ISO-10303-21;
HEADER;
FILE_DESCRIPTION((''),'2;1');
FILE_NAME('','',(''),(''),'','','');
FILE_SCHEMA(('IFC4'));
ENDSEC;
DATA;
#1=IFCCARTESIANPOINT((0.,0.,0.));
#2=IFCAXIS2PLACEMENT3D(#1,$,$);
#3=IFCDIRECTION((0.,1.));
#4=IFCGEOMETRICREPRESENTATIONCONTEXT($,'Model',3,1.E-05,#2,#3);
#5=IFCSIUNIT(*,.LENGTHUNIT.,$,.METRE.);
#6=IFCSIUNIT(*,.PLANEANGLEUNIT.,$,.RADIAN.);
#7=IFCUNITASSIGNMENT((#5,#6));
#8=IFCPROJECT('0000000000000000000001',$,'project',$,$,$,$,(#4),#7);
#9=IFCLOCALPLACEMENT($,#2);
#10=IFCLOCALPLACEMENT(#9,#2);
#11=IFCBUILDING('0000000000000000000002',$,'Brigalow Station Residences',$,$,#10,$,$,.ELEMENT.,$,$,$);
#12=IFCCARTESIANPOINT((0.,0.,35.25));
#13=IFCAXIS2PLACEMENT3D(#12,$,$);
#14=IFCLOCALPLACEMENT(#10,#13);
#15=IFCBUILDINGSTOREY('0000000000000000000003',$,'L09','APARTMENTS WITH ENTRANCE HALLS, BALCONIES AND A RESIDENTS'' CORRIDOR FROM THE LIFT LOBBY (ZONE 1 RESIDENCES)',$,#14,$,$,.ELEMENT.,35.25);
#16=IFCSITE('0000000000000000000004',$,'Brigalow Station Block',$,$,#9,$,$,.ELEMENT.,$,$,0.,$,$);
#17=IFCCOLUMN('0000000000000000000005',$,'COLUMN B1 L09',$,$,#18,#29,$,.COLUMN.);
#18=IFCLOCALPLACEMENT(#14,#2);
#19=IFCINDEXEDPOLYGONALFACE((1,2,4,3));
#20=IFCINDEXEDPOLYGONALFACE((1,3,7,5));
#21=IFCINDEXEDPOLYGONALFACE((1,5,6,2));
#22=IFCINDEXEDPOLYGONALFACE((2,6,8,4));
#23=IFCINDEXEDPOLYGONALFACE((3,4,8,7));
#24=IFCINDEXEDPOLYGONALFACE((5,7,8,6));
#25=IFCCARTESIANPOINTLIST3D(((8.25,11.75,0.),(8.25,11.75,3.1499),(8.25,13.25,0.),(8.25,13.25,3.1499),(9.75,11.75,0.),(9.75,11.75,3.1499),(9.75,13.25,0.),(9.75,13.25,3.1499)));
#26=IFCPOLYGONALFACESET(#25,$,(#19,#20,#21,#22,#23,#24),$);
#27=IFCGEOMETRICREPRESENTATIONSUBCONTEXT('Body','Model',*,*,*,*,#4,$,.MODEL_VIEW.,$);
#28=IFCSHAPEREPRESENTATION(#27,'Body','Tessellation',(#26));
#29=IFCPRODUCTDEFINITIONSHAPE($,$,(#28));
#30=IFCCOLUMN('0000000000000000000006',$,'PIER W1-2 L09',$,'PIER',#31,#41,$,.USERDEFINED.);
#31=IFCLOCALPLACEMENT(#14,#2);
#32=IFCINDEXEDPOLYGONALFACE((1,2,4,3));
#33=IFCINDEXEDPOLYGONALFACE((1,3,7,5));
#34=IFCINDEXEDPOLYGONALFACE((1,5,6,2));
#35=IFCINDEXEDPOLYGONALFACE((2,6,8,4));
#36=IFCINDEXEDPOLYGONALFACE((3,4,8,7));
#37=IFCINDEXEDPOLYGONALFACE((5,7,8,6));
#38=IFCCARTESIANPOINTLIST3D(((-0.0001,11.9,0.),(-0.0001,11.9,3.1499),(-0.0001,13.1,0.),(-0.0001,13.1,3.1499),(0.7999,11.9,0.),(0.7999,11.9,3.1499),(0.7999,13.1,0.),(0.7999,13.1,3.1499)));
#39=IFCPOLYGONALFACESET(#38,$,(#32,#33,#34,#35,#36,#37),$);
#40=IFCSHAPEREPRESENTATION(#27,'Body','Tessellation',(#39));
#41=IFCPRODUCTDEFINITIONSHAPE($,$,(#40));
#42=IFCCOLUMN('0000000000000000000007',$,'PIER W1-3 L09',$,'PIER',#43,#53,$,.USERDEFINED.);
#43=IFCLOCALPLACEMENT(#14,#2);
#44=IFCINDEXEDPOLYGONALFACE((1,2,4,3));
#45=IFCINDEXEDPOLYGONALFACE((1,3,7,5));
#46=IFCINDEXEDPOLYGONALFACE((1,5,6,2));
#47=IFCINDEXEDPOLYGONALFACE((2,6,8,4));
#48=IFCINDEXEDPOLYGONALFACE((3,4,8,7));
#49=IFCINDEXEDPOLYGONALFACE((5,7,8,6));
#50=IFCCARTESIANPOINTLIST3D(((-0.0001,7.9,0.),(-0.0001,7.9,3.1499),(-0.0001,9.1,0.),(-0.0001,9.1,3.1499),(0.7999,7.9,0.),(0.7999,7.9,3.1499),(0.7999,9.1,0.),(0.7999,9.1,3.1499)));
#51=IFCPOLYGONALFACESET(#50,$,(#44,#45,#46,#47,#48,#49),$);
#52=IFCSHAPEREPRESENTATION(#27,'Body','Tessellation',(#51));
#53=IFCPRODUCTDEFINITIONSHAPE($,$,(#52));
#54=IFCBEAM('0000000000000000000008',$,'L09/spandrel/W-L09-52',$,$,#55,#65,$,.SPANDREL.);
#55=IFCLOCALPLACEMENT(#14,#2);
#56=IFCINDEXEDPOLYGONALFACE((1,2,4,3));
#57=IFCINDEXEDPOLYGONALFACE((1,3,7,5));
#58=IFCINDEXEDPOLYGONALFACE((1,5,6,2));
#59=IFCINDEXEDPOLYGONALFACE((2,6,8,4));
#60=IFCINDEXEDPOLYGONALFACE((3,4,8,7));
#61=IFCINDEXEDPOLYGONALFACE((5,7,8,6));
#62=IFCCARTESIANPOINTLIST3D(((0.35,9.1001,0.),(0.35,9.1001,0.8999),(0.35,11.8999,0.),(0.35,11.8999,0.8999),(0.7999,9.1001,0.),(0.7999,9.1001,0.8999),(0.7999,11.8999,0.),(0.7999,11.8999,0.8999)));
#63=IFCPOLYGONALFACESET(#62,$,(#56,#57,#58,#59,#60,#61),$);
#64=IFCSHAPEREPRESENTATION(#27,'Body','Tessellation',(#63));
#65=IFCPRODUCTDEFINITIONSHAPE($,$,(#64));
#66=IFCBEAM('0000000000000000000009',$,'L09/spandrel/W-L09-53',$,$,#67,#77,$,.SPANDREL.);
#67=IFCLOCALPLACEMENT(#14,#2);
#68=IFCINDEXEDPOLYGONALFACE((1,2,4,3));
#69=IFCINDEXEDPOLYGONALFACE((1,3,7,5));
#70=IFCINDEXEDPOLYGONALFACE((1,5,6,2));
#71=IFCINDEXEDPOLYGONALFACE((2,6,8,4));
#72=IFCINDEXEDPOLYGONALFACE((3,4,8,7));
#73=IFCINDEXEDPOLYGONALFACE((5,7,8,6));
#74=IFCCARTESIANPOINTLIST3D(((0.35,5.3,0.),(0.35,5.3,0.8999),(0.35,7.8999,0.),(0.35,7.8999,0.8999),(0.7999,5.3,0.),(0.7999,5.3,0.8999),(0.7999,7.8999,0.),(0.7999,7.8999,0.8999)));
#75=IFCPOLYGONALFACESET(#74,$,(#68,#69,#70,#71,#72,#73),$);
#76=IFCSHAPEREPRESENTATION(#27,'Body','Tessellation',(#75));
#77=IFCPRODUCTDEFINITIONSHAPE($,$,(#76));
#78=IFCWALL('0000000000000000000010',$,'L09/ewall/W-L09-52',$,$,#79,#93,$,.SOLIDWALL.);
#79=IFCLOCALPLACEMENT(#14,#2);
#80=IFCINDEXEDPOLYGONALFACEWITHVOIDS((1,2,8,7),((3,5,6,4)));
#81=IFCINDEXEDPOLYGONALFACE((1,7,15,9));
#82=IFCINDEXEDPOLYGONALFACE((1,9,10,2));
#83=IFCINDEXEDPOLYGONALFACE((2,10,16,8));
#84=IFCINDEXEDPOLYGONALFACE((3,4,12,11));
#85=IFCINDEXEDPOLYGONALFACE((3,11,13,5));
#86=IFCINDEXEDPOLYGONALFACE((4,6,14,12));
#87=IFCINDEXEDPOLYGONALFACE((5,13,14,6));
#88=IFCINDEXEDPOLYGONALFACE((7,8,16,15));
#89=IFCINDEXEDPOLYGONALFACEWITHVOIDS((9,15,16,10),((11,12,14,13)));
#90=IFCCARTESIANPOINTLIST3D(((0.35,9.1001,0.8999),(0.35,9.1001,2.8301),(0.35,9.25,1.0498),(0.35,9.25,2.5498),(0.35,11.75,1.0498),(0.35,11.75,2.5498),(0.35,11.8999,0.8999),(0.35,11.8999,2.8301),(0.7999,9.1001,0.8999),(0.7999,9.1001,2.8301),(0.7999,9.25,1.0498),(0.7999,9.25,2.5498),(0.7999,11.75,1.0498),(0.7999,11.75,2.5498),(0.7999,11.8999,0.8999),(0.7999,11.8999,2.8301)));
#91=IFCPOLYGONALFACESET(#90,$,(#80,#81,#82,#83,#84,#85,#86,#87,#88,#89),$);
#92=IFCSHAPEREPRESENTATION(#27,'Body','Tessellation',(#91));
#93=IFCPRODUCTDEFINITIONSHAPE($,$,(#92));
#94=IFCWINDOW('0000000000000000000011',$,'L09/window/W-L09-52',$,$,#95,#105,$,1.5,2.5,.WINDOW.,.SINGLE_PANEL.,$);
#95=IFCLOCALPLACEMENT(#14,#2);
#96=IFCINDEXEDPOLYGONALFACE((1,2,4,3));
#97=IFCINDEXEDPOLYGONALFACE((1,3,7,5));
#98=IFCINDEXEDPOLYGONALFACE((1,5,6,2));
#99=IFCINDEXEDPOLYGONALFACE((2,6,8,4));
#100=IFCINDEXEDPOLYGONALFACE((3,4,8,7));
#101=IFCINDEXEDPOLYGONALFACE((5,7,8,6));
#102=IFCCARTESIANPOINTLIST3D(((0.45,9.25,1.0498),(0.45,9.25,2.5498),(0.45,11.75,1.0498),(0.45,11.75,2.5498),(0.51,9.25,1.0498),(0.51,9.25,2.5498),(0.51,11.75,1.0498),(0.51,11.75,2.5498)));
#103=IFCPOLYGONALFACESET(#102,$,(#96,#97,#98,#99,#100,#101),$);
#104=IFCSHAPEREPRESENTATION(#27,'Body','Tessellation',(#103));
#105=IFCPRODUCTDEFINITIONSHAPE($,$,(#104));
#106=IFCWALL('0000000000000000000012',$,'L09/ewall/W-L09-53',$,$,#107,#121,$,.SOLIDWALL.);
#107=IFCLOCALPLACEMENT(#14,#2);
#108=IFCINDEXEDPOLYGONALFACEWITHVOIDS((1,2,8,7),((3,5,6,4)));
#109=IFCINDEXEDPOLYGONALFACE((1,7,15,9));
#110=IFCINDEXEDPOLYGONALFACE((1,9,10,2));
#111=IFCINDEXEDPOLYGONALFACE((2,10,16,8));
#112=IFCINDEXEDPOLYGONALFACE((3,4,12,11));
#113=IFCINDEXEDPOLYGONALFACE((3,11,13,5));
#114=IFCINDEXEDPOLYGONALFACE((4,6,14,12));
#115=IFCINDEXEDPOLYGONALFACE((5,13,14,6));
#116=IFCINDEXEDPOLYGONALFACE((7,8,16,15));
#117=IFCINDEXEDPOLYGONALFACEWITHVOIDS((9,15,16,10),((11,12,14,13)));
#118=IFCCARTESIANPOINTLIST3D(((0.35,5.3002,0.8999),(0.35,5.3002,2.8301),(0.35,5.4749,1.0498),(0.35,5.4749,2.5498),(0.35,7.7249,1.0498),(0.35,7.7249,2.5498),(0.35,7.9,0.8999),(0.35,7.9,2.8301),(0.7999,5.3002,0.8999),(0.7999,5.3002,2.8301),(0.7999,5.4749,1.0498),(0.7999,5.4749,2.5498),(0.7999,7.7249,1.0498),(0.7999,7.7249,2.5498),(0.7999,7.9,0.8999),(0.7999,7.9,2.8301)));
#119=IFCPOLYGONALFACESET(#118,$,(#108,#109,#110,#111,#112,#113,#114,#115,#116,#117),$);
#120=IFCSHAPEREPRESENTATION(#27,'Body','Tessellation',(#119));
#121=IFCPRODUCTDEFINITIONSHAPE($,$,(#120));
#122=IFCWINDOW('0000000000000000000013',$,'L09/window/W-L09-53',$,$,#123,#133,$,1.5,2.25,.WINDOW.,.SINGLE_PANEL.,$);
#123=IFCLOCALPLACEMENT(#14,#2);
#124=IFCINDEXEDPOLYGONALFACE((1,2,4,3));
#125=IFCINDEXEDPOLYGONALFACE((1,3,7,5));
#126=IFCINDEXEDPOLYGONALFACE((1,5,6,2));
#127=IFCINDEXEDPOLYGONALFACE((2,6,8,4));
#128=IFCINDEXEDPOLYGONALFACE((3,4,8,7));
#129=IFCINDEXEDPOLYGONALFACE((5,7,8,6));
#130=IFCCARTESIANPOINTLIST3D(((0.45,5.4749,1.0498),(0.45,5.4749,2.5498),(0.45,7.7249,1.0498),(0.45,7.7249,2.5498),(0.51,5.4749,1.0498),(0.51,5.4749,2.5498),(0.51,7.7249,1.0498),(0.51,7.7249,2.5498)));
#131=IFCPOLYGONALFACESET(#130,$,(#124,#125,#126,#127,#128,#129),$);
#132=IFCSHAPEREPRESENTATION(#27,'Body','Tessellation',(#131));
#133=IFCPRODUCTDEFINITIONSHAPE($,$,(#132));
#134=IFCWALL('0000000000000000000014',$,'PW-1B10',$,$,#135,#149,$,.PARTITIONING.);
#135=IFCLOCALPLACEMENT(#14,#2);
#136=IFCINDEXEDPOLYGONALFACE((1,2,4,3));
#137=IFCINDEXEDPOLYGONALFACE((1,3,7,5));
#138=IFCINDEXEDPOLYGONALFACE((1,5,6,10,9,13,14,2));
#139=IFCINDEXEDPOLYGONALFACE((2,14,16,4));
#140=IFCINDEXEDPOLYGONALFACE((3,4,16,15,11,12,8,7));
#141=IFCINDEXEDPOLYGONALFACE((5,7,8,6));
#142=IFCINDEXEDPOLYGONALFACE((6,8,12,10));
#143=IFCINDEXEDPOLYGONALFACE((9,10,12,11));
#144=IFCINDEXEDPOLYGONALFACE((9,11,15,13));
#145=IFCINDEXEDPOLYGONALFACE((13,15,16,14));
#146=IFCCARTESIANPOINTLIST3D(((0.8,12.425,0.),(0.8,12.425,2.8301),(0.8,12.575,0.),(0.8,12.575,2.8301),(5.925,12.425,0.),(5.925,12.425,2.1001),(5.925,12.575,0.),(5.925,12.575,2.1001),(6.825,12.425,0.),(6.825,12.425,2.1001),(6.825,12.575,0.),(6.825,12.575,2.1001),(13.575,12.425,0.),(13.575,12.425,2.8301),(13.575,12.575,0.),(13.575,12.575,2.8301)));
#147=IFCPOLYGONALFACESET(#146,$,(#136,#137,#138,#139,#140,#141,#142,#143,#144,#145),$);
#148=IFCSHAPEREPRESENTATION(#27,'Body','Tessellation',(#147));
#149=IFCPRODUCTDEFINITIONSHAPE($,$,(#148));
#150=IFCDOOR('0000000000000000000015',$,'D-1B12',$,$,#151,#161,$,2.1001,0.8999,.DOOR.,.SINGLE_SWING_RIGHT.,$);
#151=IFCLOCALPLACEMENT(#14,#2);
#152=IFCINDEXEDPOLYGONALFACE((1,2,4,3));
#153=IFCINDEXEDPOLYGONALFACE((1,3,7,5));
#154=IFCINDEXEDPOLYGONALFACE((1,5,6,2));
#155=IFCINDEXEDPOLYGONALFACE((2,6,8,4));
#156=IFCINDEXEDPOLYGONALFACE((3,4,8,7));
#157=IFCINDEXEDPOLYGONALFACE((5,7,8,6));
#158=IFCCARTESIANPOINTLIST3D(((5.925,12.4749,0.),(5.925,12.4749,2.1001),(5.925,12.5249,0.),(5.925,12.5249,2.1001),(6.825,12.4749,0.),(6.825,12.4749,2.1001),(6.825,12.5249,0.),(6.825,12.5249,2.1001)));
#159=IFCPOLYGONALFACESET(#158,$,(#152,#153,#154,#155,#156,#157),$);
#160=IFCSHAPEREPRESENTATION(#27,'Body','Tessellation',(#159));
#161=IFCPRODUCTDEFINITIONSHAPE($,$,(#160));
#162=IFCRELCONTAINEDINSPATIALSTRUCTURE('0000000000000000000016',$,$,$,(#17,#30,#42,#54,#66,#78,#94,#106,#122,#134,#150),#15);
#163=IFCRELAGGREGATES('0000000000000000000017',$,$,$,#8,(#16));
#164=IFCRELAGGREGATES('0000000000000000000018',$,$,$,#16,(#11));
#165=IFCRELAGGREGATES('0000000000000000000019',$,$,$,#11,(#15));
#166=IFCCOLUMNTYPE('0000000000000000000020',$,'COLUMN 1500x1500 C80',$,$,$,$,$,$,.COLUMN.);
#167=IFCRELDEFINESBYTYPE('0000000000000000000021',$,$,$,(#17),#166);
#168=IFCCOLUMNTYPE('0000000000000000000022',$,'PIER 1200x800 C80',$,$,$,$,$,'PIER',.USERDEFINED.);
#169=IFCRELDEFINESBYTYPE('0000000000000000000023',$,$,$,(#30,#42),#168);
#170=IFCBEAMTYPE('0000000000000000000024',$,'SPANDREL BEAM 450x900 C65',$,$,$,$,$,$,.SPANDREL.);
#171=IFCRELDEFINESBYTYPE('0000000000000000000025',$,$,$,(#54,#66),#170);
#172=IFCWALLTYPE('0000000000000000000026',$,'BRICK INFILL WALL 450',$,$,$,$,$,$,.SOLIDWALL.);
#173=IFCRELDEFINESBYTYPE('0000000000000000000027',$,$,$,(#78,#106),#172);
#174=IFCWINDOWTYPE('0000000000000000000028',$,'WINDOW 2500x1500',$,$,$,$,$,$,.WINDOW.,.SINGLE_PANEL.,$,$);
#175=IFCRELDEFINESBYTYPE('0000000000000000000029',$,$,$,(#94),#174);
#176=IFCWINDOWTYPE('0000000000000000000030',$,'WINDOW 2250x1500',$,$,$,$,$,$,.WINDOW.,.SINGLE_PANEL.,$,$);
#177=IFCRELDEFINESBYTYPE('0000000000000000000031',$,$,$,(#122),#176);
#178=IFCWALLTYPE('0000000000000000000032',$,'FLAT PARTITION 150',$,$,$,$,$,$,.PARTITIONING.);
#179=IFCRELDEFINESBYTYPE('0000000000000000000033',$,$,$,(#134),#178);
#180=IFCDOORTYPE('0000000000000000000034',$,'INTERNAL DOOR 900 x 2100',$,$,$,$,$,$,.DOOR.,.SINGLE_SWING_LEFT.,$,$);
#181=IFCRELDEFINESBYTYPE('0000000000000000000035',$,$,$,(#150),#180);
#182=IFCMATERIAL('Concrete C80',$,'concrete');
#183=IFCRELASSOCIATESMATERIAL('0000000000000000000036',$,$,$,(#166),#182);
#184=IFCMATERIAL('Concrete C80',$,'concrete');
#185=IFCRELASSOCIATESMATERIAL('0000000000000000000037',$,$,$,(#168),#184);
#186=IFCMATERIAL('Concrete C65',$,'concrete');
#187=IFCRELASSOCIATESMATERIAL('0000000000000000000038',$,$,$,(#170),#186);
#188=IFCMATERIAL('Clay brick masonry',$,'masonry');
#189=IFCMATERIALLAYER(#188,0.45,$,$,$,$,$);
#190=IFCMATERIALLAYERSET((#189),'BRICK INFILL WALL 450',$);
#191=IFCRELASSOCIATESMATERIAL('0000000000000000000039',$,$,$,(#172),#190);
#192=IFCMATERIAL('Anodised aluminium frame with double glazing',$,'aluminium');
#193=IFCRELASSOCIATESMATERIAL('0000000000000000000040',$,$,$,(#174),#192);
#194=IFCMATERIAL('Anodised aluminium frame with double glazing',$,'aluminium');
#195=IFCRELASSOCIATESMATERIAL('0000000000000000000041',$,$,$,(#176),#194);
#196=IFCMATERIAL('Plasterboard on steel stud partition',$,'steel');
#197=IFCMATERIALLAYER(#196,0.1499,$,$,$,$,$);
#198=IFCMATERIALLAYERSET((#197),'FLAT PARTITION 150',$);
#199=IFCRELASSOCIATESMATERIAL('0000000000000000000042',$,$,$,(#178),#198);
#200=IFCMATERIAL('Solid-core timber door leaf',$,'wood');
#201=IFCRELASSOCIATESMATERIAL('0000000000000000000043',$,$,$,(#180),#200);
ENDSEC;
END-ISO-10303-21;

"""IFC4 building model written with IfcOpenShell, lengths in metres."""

from ifc_helpers import new_model, si_unit, direction, frame, frame_2d, origin, origin_2d, place, context, subcontext, project, spatial, rectangle, extrude, material, layer, layer_set, material_profile, profile_set, type_object, element, fill, save


model = new_model("IFC4")

# Units and contexts
model_context = context("Model", 3, precision=1e-05, world=origin(), true_north=direction((0.0, 1.0)))
body_context = subcontext(model_context, "Body", "Model", "MODEL_VIEW")
ifc_project = project(units=[si_unit("LENGTHUNIT", "METRE"), si_unit("PLANEANGLEUNIT", "RADIAN")], contexts=[model_context])

# Site, building, storey
site_placement = place(None, origin())
site = spatial("IfcSite", under=ifc_project, at=site_placement, Name="Brigalow Station Block", CompositionType="ELEMENT", RefElevation=0.0)
building_placement = place(site_placement, origin())
building = spatial("IfcBuilding", under=site, at=building_placement, Name="Brigalow Station Residences", CompositionType="ELEMENT")
storey_placement = place(building_placement, frame((0.0, 0.0, 35.25)))
storey = spatial("IfcBuildingStorey", under=building, at=storey_placement, Name="L09", Description="APARTMENTS WITH ENTRANCE HALLS, BALCONIES AND A RESIDENTS' CORRIDOR FROM THE LIFT LOBBY (ZONE 1 RESIDENCES)", CompositionType="ELEMENT", Elevation=35.25)

# Columns
ifc_material_1 = material(Name="Concrete C80", Category="concrete")
ifc_material_profile_1 = material_profile(ifc_material_1, rectangle(XDim=1.5, YDim=1.5, at=origin_2d()), Name="RC1500x1500")
ifc_profile_set_1 = profile_set([ifc_material_profile_1], Name="Concrete C80")
column_type_1 = type_object("IfcColumnType", Name="COLUMN 1500x1500 C80", PredefinedType="COLUMN", material=ifc_profile_set_1)
column_placement = place(storey_placement, frame((9.0, 12.5, 0.0), z_axis=(0.0, 0.0, 1.0), x_axis=(1.0, 0.0, 0.0)))
element("IfcColumn", 1, at=column_placement, inside=storey, type_object=column_type_1, Name="COLUMN B1 L09", PredefinedType="COLUMN", context=body_context, shape_type="SweptSolid", body=[
    extrude(rectangle(XDim=1.5, YDim=1.5, at=origin_2d()), origin(), (0.0, 0.0, 1.0), 3.1499),
])
ifc_material_2 = material(Name="Concrete C80", Category="concrete")
ifc_material_profile_2 = material_profile(ifc_material_2, rectangle(XDim=1.2, YDim=0.8, at=origin_2d()), Name="RC1200x800")
ifc_profile_set_2 = profile_set([ifc_material_profile_2], Name="Concrete C80")
column_type_2 = type_object("IfcColumnType", Name="PIER 1200x800 C80", ElementType="PIER", PredefinedType="USERDEFINED", material=ifc_profile_set_2)
for number, where, z_axis, x_axis, name in (
    (2, (0.3999, 12.5, 0.0), (0.0, 0.0, 1.0), (0.0, -1.0, 0.0), "PIER W1-2 L09"),
    (3, (0.3999, 8.5, 0.0), (0.0, 0.0, 1.0), (0.0, -1.0, 0.0), "PIER W1-3 L09"),
):
    element("IfcColumn", number, at=place(storey_placement, frame(where, z_axis=z_axis, x_axis=x_axis)), inside=storey, type_object=column_type_2, Name=name, ObjectType="PIER", PredefinedType="USERDEFINED", context=body_context, shape_type="SweptSolid", body=[
        extrude(rectangle(XDim=1.2, YDim=0.8, at=origin_2d()), origin(), (0.0, 0.0, 1.0), 3.1499),
    ])

# Beams
ifc_material_3 = material(Name="Concrete C65", Category="concrete")
ifc_material_profile_3 = material_profile(ifc_material_3, rectangle(XDim=0.45, YDim=0.8999, at=origin_2d()), Name="RC450x900")
ifc_profile_set_3 = profile_set([ifc_material_profile_3], Name="Concrete C65")
beam_type = type_object("IfcBeamType", Name="SPANDREL BEAM 450x900 C65", PredefinedType="SPANDREL", material=ifc_profile_set_3)
beam_1_placement = place(storey_placement, frame((0.575, 11.8999, 0.45), z_axis=(0.0, -1.0, 0.0), x_axis=(1.0, 0.0, 0.0)))
element("IfcBeam", 4, at=beam_1_placement, inside=storey, type_object=beam_type, Name="L09/spandrel/W-L09-52", PredefinedType="SPANDREL", context=body_context, shape_type="SweptSolid", body=[
    extrude(rectangle(XDim=0.45, YDim=0.8999, at=origin_2d()), origin(), (0.0, 0.0, 1.0), 2.7998),
])
beam_2_placement = place(storey_placement, frame((0.575, 7.8999, 0.45), z_axis=(0.0, -1.0, 0.0), x_axis=(1.0, 0.0, 0.0)))
element("IfcBeam", 5, at=beam_2_placement, inside=storey, type_object=beam_type, Name="L09/spandrel/W-L09-53", PredefinedType="SPANDREL", context=body_context, shape_type="SweptSolid", body=[
    extrude(rectangle(XDim=0.45, YDim=0.8999, at=origin_2d()), origin(), (0.0, 0.0, 1.0), 2.5999),
])

# Walls, openings, windows
ifc_material_4 = material(Name="Clay brick masonry", Category="masonry")
ifc_layer_1 = layer(ifc_material_4, 0.45)
ifc_layer_set_1 = layer_set([ifc_layer_1], Name="BRICK INFILL WALL 450")
wall_type_1 = type_object("IfcWallType", Name="BRICK INFILL WALL 450", PredefinedType="SOLIDWALL", material=ifc_layer_set_1)
wall_1_placement = place(storey_placement, frame((0.575, 11.8999, 0.8999), z_axis=(0.0, 0.0, 1.0), x_axis=(0.0, -1.0, 0.0)))
wall_1 = element("IfcWall", 6, at=wall_1_placement, inside=storey, type_object=wall_type_1, Name="L09/ewall/W-L09-52", PredefinedType="SOLIDWALL", context=body_context, shape_type="SweptSolid", body=[
    extrude(rectangle(XDim=2.7998, YDim=0.45, at=frame_2d((1.3999, 0.0))), origin(), (0.0, 0.0, 1.0), 1.9302),
])
opening_1_placement = place(wall_1_placement, frame((0.1499, 0.0, 0.1499)))
opening_1 = element("IfcOpeningElement", 7, at=opening_1_placement, cuts=wall_1, PredefinedType="OPENING", context=body_context, shape_type="SweptSolid", body=[
    extrude(rectangle(XDim=2.5, YDim=1.5, at=frame_2d((1.25, 0.75))), frame((0.0, 0.2349, 0.0), z_axis=(0.0, -1.0, 0.0), x_axis=(1.0, 0.0, 0.0)), (0.0, 0.0, 1.0), 0.47),
])
ifc_material_5 = material(Name="Anodised aluminium frame with double glazing", Category="aluminium")
window_type_1 = type_object("IfcWindowType", Name="WINDOW 2500x1500", PartitioningType="SINGLE_PANEL", PredefinedType="WINDOW", material=ifc_material_5)
window_1_placement = place(opening_1_placement, origin())
window_1 = element("IfcWindow", 8, at=window_1_placement, inside=storey, type_object=window_type_1, Name="L09/window/W-L09-52", OverallHeight=1.5, OverallWidth=2.5, PartitioningType="SINGLE_PANEL", PredefinedType="WINDOW", context=body_context, shape_type="SweptSolid", body=[
    extrude(rectangle(XDim=2.5, YDim=1.5, at=frame_2d((1.25, 0.75))), frame((0.0, -0.0649, 0.0), z_axis=(0.0, -1.0, 0.0), x_axis=(1.0, 0.0, 0.0)), (0.0, 0.0, 1.0), 0.0601),
])
fill(opening_1, window_1)
wall_2_placement = place(storey_placement, frame((0.575, 7.8999, 0.8999), z_axis=(0.0, 0.0, 1.0), x_axis=(0.0, -1.0, 0.0)))
wall_2 = element("IfcWall", 9, at=wall_2_placement, inside=storey, type_object=wall_type_1, Name="L09/ewall/W-L09-53", PredefinedType="SOLIDWALL", context=body_context, shape_type="SweptSolid", body=[
    extrude(rectangle(XDim=2.5999, YDim=0.45, at=frame_2d((1.2998, 0.0))), origin(), (0.0, 0.0, 1.0), 1.9302),
])
opening_2_placement = place(wall_2_placement, frame((0.175, 0.0, 0.1499)))
opening_2 = element("IfcOpeningElement", 10, at=opening_2_placement, cuts=wall_2, PredefinedType="OPENING", context=body_context, shape_type="SweptSolid", body=[
    extrude(rectangle(XDim=2.25, YDim=1.5, at=frame_2d((1.125, 0.75))), frame((0.0, 0.2349, 0.0), z_axis=(0.0, -1.0, 0.0), x_axis=(1.0, 0.0, 0.0)), (0.0, 0.0, 1.0), 0.47),
])
ifc_material_6 = material(Name="Anodised aluminium frame with double glazing", Category="aluminium")
window_type_2 = type_object("IfcWindowType", Name="WINDOW 2250x1500", PartitioningType="SINGLE_PANEL", PredefinedType="WINDOW", material=ifc_material_6)
window_2_placement = place(opening_2_placement, origin())
window_2 = element("IfcWindow", 11, at=window_2_placement, inside=storey, type_object=window_type_2, Name="L09/window/W-L09-53", OverallHeight=1.5, OverallWidth=2.25, PartitioningType="SINGLE_PANEL", PredefinedType="WINDOW", context=body_context, shape_type="SweptSolid", body=[
    extrude(rectangle(XDim=2.25, YDim=1.5, at=frame_2d((1.125, 0.75))), frame((0.0, -0.0649, 0.0), z_axis=(0.0, -1.0, 0.0), x_axis=(1.0, 0.0, 0.0)), (0.0, 0.0, 1.0), 0.0601),
])
fill(opening_2, window_2)

# Wall, opening, door
ifc_material_7 = material(Name="Plasterboard on steel stud partition", Category="steel")
ifc_layer_2 = layer(ifc_material_7, 0.1499)
ifc_layer_set_2 = layer_set([ifc_layer_2], Name="FLAT PARTITION 150")
wall_type_2 = type_object("IfcWallType", Name="FLAT PARTITION 150", PredefinedType="PARTITIONING", material=ifc_layer_set_2)
wall_3_placement = place(storey_placement, frame((0.8, 12.5, 0.0), z_axis=(0.0, 0.0, 1.0), x_axis=(1.0, 0.0, 0.0)))
wall_3 = element("IfcWall", 12, at=wall_3_placement, inside=storey, type_object=wall_type_2, Name="PW-1B10", PredefinedType="PARTITIONING", context=body_context, shape_type="SweptSolid", body=[
    extrude(rectangle(XDim=12.7749, YDim=0.1499, at=frame_2d((6.3875, 0.0))), origin(), (0.0, 0.0, 1.0), 2.8301),
])
opening_3_placement = place(wall_3_placement, frame((5.125, 0.0, 0.0)))
opening_3 = element("IfcOpeningElement", 13, at=opening_3_placement, cuts=wall_3, PredefinedType="OPENING", context=body_context, shape_type="SweptSolid", body=[
    extrude(rectangle(XDim=0.8999, YDim=2.1001, at=frame_2d((0.45, 1.05))), frame((0.0, 0.085, 0.0), z_axis=(0.0, -1.0, 0.0), x_axis=(1.0, 0.0, 0.0)), (0.0, 0.0, 1.0), 0.1699),
])
ifc_material_8 = material(Name="Solid-core timber door leaf", Category="wood")
door_type = type_object("IfcDoorType", Name="INTERNAL DOOR 900 x 2100", OperationType="SINGLE_SWING_LEFT", PredefinedType="DOOR", material=ifc_material_8)
door_1_placement = place(opening_3_placement, origin())
door_1 = element("IfcDoor", 14, at=door_1_placement, inside=storey, type_object=door_type, Name="D-1B12", OperationType="SINGLE_SWING_RIGHT", OverallHeight=2.1001, OverallWidth=0.8999, PredefinedType="DOOR", context=body_context, shape_type="SweptSolid", body=[
    extrude(rectangle(XDim=0.8999, YDim=2.1001, at=frame_2d((0.45, 1.05))), frame((0.0, 0.0249, 0.0), z_axis=(0.0, -1.0, 0.0), x_axis=(1.0, 0.0, 0.0)), (0.0, 0.0, 1.0), 0.05),
])
fill(opening_3, door_1)

save(model, "model.ifc")
